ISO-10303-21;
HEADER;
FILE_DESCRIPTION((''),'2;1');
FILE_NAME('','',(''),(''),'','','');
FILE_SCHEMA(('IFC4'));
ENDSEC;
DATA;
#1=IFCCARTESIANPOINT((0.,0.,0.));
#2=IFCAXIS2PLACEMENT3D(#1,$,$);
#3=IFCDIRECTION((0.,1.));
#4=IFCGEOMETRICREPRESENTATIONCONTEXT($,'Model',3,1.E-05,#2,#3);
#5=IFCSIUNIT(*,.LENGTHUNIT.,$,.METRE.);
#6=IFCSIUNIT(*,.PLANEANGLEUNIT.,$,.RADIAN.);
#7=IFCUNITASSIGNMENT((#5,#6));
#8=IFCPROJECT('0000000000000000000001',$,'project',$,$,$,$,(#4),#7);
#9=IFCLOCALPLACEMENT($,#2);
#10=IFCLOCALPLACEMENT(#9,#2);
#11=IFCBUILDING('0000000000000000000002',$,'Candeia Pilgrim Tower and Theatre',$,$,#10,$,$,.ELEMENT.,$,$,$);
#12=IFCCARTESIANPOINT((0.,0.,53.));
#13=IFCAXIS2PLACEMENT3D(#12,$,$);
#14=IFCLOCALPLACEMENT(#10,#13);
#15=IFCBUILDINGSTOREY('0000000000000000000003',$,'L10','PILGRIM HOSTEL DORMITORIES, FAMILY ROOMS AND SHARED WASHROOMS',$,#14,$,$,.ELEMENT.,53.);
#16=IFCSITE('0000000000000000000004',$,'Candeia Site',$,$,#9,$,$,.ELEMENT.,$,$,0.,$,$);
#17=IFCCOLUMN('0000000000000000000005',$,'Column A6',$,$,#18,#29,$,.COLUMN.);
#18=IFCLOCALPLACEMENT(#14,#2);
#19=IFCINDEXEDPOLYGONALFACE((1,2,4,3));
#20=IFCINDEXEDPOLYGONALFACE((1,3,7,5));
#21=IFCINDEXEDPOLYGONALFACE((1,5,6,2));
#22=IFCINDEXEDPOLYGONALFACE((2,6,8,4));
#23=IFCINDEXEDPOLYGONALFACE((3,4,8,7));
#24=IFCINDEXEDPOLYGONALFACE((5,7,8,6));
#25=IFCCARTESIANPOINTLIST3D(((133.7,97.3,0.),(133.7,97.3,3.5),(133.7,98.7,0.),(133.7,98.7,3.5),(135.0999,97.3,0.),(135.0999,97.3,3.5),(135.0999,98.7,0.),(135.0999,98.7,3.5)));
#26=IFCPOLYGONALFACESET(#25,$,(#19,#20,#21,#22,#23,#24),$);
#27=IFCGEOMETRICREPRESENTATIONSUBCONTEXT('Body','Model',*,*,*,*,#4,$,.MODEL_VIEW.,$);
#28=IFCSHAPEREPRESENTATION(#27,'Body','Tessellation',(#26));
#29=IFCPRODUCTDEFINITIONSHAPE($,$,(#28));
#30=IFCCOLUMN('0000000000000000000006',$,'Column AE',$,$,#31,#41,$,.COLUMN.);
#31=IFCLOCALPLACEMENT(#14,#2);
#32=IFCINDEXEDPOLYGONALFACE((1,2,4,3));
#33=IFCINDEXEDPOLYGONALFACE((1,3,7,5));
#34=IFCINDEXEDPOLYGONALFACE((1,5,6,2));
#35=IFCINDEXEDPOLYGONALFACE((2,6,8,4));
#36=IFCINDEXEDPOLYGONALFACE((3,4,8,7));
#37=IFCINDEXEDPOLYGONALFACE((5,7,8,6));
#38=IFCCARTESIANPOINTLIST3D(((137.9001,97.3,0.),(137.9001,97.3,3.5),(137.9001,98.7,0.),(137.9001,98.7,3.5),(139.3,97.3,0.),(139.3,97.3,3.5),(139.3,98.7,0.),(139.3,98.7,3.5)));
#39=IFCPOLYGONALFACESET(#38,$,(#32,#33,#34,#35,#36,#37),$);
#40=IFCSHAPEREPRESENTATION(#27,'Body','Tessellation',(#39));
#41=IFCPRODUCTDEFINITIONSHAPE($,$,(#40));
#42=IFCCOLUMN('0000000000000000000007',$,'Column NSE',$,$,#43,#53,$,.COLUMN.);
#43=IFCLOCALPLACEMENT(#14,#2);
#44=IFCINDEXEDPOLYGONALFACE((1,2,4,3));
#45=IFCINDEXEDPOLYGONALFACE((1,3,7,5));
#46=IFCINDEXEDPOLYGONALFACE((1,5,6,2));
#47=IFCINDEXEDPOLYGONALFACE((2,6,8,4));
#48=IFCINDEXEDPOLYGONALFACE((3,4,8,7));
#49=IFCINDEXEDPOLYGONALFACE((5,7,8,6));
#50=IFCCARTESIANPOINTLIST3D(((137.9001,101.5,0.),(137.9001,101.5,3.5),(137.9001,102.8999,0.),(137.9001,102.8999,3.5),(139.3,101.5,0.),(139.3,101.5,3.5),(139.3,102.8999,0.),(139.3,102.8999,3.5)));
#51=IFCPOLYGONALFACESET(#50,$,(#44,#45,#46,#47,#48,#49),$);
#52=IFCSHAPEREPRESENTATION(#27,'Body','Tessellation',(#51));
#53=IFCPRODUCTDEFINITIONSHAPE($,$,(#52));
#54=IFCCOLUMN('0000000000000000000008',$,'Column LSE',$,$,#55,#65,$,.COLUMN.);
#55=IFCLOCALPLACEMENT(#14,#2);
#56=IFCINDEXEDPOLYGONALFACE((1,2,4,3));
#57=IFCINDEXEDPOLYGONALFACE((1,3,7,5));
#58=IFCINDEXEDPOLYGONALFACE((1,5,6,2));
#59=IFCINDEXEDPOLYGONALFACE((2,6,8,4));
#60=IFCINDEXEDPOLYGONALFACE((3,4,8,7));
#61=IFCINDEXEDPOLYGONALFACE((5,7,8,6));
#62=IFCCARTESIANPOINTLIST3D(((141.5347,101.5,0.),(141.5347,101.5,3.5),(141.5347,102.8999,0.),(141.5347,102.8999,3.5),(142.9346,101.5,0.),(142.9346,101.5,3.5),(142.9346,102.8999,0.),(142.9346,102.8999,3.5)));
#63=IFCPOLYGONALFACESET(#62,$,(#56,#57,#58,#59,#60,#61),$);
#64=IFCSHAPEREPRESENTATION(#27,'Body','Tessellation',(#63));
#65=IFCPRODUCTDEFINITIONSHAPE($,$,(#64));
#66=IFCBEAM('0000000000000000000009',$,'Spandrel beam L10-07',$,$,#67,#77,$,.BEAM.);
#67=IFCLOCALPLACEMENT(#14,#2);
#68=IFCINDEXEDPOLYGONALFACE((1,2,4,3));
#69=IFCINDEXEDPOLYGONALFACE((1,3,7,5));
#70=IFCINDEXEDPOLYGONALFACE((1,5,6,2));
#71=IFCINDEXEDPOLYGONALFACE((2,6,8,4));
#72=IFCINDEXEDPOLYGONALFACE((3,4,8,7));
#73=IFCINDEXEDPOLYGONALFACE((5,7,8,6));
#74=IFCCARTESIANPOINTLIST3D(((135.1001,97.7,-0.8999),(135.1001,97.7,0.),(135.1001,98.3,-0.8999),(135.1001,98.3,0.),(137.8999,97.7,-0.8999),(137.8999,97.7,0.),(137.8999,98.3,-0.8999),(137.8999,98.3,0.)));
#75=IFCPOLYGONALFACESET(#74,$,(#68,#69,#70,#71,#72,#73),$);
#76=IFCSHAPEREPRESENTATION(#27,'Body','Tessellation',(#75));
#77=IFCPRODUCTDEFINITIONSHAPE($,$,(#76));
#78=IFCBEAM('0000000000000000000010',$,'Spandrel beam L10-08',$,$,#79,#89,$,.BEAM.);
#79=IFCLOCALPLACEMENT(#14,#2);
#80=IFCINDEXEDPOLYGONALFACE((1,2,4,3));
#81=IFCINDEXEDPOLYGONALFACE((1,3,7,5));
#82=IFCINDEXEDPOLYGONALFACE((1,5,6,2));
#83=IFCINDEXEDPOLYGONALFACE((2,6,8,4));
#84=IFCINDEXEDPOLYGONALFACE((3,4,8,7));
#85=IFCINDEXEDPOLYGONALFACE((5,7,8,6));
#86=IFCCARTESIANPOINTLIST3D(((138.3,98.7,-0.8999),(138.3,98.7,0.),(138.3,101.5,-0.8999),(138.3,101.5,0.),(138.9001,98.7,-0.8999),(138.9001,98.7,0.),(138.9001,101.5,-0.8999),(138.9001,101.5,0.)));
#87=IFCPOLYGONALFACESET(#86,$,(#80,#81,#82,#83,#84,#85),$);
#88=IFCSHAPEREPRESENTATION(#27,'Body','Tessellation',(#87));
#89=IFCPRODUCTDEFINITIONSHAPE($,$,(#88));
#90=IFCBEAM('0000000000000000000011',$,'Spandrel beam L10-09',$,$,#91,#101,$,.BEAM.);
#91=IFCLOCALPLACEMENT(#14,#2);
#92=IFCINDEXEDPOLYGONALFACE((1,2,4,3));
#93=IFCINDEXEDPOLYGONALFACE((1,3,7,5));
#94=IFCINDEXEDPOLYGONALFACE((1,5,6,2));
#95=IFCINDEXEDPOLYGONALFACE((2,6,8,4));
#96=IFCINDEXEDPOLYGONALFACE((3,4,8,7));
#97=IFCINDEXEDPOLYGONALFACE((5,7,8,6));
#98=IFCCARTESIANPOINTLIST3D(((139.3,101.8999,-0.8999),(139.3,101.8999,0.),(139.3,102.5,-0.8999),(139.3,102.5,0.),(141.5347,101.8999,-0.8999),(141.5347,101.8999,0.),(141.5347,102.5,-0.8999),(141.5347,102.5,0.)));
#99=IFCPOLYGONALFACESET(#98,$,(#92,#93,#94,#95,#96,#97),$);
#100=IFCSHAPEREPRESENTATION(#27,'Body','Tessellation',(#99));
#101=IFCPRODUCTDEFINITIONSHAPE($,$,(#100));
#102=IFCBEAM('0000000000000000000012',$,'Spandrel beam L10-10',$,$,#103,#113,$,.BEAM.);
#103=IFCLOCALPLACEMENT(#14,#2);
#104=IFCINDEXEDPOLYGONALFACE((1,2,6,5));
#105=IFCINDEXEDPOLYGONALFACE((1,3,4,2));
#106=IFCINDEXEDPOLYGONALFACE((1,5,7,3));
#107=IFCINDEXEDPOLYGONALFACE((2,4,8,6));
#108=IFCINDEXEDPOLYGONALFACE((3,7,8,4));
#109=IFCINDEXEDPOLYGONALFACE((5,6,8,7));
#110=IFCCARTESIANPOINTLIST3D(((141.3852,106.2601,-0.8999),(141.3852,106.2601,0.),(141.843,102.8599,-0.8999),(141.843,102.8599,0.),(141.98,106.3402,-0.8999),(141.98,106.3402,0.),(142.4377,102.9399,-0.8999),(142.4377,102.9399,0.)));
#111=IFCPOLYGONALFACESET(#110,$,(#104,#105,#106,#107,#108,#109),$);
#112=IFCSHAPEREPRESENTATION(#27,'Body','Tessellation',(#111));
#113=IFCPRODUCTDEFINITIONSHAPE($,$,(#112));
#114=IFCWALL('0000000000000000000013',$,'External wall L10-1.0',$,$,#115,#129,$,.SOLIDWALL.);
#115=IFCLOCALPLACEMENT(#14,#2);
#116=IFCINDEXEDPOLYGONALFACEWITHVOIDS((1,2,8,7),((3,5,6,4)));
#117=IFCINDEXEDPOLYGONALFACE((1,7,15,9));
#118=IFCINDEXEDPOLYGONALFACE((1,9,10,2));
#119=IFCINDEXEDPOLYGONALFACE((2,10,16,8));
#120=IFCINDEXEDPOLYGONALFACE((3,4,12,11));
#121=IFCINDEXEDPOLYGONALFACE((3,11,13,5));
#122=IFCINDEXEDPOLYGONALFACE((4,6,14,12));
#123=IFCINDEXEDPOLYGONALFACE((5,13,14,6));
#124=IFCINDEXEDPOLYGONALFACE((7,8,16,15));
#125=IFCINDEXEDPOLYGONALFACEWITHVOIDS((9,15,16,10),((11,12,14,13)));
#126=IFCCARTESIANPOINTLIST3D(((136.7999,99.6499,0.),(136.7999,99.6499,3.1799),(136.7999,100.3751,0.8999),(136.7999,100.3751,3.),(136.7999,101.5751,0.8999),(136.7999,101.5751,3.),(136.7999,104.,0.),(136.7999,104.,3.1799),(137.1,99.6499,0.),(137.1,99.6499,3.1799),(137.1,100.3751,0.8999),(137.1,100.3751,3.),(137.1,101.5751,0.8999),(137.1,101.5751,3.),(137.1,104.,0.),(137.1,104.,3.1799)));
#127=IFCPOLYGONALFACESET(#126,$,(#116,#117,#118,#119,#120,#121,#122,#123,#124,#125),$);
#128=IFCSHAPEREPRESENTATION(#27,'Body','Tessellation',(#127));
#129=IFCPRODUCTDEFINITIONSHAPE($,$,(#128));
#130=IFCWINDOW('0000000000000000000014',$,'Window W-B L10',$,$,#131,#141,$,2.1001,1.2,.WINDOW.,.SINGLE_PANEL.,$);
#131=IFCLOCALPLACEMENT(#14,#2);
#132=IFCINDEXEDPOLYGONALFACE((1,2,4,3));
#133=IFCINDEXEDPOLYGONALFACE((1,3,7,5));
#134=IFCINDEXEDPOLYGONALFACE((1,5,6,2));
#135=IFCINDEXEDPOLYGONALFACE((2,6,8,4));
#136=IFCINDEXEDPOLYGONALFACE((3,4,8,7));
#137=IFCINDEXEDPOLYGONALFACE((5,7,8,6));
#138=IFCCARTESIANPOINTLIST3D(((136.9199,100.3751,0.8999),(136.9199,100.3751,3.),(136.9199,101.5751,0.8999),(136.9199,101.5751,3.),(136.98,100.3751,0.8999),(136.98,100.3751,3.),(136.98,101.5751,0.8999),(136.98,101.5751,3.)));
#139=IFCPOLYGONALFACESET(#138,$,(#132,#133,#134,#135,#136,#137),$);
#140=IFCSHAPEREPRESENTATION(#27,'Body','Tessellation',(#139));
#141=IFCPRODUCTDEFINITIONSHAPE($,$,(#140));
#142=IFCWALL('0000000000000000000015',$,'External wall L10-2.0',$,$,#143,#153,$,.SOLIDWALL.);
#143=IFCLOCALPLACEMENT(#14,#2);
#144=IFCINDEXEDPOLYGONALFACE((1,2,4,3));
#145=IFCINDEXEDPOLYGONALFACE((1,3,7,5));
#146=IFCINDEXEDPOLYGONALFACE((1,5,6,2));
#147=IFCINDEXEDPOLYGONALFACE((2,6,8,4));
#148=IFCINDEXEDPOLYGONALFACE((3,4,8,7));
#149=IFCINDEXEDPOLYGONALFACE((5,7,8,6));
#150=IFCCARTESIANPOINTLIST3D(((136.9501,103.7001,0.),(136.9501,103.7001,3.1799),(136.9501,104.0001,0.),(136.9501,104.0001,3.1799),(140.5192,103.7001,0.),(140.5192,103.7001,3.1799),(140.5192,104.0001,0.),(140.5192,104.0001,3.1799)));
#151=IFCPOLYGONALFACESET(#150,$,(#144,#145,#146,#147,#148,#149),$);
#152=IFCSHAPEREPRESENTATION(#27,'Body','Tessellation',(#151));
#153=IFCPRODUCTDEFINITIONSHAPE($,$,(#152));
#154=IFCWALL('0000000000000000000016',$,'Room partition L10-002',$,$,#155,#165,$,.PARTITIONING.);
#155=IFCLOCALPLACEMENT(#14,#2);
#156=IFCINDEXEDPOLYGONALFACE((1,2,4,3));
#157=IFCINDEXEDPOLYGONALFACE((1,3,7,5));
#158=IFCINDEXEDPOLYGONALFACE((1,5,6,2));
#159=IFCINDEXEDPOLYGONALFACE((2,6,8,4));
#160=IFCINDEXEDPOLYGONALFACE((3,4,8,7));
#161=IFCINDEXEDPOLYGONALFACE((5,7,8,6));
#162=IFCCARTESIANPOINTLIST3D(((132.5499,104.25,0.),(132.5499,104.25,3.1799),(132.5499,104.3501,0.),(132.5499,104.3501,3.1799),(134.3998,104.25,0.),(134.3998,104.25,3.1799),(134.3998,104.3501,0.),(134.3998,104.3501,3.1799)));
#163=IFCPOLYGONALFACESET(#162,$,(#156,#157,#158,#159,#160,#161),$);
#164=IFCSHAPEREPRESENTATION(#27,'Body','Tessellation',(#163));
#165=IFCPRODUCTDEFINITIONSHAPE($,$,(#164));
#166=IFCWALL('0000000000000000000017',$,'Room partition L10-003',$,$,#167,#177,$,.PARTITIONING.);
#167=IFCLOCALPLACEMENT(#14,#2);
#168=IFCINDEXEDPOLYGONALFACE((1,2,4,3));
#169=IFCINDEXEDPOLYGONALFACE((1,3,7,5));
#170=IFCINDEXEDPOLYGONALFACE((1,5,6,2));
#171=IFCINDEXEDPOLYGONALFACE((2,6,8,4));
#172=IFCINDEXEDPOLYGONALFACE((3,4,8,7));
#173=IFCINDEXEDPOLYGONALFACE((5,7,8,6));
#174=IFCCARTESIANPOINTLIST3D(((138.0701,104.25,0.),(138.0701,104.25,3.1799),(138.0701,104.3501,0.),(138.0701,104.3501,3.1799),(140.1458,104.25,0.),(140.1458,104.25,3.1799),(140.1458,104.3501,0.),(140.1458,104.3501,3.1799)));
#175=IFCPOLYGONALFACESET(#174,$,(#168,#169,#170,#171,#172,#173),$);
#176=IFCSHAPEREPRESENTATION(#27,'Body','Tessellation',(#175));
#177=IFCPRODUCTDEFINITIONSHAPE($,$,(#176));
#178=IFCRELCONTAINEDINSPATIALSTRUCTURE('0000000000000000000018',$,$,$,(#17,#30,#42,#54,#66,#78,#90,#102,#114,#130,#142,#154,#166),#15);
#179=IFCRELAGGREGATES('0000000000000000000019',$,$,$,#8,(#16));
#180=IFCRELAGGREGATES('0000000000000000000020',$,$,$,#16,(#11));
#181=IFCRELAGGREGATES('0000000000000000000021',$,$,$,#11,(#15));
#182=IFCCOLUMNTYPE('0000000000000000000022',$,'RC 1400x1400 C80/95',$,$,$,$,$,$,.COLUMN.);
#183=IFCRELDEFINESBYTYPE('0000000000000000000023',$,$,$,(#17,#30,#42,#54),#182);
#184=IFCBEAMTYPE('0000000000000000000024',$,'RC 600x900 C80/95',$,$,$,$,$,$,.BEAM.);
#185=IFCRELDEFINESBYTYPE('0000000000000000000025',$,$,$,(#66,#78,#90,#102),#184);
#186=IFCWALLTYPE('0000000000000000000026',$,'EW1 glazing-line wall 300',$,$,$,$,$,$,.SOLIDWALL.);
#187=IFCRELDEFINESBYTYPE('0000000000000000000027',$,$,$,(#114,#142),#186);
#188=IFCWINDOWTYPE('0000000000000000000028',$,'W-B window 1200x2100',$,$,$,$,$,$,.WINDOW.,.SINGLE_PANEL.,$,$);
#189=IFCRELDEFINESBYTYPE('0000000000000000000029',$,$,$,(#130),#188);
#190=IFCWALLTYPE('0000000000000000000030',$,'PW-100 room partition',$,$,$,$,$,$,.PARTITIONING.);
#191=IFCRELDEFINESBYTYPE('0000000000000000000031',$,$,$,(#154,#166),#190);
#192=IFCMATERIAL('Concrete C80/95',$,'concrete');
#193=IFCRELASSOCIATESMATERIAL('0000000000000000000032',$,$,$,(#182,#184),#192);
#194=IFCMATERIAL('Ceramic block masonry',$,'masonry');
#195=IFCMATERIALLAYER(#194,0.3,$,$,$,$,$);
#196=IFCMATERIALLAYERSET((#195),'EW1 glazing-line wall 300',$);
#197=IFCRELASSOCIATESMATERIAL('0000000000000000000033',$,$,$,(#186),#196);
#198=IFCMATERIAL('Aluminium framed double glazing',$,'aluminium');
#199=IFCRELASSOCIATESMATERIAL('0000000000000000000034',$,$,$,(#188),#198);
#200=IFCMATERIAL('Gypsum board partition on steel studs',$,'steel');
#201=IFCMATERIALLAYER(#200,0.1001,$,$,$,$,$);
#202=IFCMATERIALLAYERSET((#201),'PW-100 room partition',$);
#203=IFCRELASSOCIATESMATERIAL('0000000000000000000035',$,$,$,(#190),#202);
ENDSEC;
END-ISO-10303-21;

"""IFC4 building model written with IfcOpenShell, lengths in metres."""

from ifc_helpers import new_model, si_unit, direction, frame, frame_2d, origin, origin_2d, place, context, subcontext, project, spatial, rectangle, extrude, material, layer, layer_set, material_profile, profile_set, type_object, element, fill, save


model = new_model("IFC4")

# Units and contexts
model_context = context("Model", 3, precision=1e-05, world=origin(), true_north=direction((0.0, 1.0)))
body_context = subcontext(model_context, "Body", "Model", "MODEL_VIEW")
ifc_project = project(units=[si_unit("LENGTHUNIT", "METRE"), si_unit("PLANEANGLEUNIT", "RADIAN")], contexts=[model_context])

# Site, building, storey
site_placement = place(None, origin())
site = spatial("IfcSite", under=ifc_project, at=site_placement, Name="Candeia Site", CompositionType="ELEMENT", RefElevation=0.0)
building_placement = place(site_placement, origin())
building = spatial("IfcBuilding", under=site, at=building_placement, Name="Candeia Pilgrim Tower and Theatre", CompositionType="ELEMENT")
storey_placement = place(building_placement, frame((0.0, 0.0, 53.0)))
storey = spatial("IfcBuildingStorey", under=building, at=storey_placement, Name="L10", Description="PILGRIM HOSTEL DORMITORIES, FAMILY ROOMS AND SHARED WASHROOMS", CompositionType="ELEMENT", Elevation=53.0)

# Columns
ifc_material_1 = material(Name="Concrete C80/95", Category="concrete")
ifc_material_profile_1 = material_profile(ifc_material_1, rectangle(XDim=1.3999, YDim=1.3999, at=origin_2d()))
ifc_profile_set_1 = profile_set([ifc_material_profile_1], Name="Concrete C80/95")
column_type = type_object("IfcColumnType", Name="RC 1400x1400 C80/95", PredefinedType="COLUMN", material=ifc_profile_set_1)
for number, where, z_axis, x_axis, name in (
    (1, (134.3999, 98.0, 0.0), (0.0, 0.0, 1.0), (1.0, 0.0, 0.0), "Column A6"),
    (2, (138.6001, 98.0, 0.0), (0.0, 0.0, 1.0), (1.0, 0.0, 0.0), "Column AE"),
    (3, (138.6001, 102.2, 0.0), (0.0, 0.0, 1.0), (1.0, 0.0, 0.0), "Column NSE"),
    (4, (142.2346, 102.2, 0.0), (0.0, 0.0, 1.0), (1.0, 0.0, 0.0), "Column LSE"),
):
    element("IfcColumn", number, at=place(storey_placement, frame(where, z_axis=z_axis, x_axis=x_axis)), inside=storey, type_object=column_type, Name=name, PredefinedType="COLUMN", context=body_context, shape_type="SweptSolid", body=[
        extrude(rectangle(XDim=1.3999, YDim=1.3999, at=origin_2d()), origin(), (0.0, 0.0, 1.0), 3.5),
    ])

# Beams
ifc_material_profile_2 = material_profile(ifc_material_1, rectangle(XDim=0.6001, YDim=0.8999, at=origin_2d()))
ifc_profile_set_2 = profile_set([ifc_material_profile_2], Name="Concrete C80/95")
beam_type = type_object("IfcBeamType", Name="RC 600x900 C80/95", PredefinedType="BEAM", material=ifc_profile_set_2)
beam_1_placement = place(storey_placement, frame((135.1001, 98.0, -0.45), z_axis=(1.0, 0.0, 0.0), x_axis=(0.0, 1.0, 0.0)))
element("IfcBeam", 5, at=beam_1_placement, inside=storey, type_object=beam_type, Name="Spandrel beam L10-07", PredefinedType="BEAM", context=body_context, shape_type="SweptSolid", body=[
    extrude(rectangle(XDim=0.6001, YDim=0.8999, at=origin_2d()), origin(), (0.0, 0.0, 1.0), 2.7998),
])
beam_2_placement = place(storey_placement, frame((138.6001, 98.7, -0.45), z_axis=(0.0, 1.0, 0.0), x_axis=(-1.0, 0.0, 0.0)))
element("IfcBeam", 6, at=beam_2_placement, inside=storey, type_object=beam_type, Name="Spandrel beam L10-08", PredefinedType="BEAM", context=body_context, shape_type="SweptSolid", body=[
    extrude(rectangle(XDim=0.6001, YDim=0.8999, at=origin_2d()), origin(), (0.0, 0.0, 1.0), 2.8),
])
beam_3_placement = place(storey_placement, frame((139.3, 102.2, -0.45), z_axis=(1.0, 0.0, 0.0), x_axis=(0.0, 1.0, 0.0)))
element("IfcBeam", 7, at=beam_3_placement, inside=storey, type_object=beam_type, Name="Spandrel beam L10-09", PredefinedType="BEAM", context=body_context, shape_type="SweptSolid", body=[
    extrude(rectangle(XDim=0.6001, YDim=0.8999, at=origin_2d()), origin(), (0.0, 0.0, 1.0), 2.2346),
])
beam_4_placement = place(storey_placement, frame((142.1404, 102.8999, -0.45), z_axis=(-0.133427, 0.991059, 0.0), x_axis=(-0.991059, -0.133427, 0.0)))
element("IfcBeam", 8, at=beam_4_placement, inside=storey, type_object=beam_type, Name="Spandrel beam L10-10", PredefinedType="BEAM", context=body_context, shape_type="SweptSolid", body=[
    extrude(rectangle(XDim=0.6001, YDim=0.8999, at=origin_2d()), origin(), (0.0, 0.0, 1.0), 3.4309),
])

# Wall, opening, window
ifc_material_2 = material(Name="Ceramic block masonry", Category="masonry")
ifc_layer_1 = layer(ifc_material_2, 0.3)
ifc_layer_set_1 = layer_set([ifc_layer_1], Name="EW1 glazing-line wall 300")
wall_type_1 = type_object("IfcWallType", Name="EW1 glazing-line wall 300", PredefinedType="SOLIDWALL", material=ifc_layer_set_1)
wall_1_placement = place(storey_placement, frame((136.95, 99.6499, 0.0), z_axis=(0.0, 0.0, 1.0), x_axis=(0.0, 1.0, 0.0)))
wall_1 = element("IfcWall", 9, at=wall_1_placement, inside=storey, type_object=wall_type_1, Name="External wall L10-1.0", PredefinedType="SOLIDWALL", context=body_context, shape_type="SweptSolid", body=[
    extrude(rectangle(XDim=4.3501, YDim=0.3, at=frame_2d((2.175, 0.0))), origin(), (0.0, 0.0, 1.0), 3.1799),
])
opening_1_placement = place(wall_1_placement, frame((0.7251, 0.0, 0.8999)))
opening_1 = element("IfcOpeningElement", 10, at=opening_1_placement, cuts=wall_1, PredefinedType="OPENING", context=body_context, shape_type="SweptSolid", body=[
    extrude(rectangle(XDim=1.2, YDim=2.1001, at=frame_2d((0.6001, 1.05))), frame((0.0, 0.1602, 0.0), z_axis=(0.0, -1.0, 0.0), x_axis=(1.0, 0.0, 0.0)), (0.0, 0.0, 1.0), 0.3201),
])
ifc_material_3 = material(Name="Aluminium framed double glazing", Category="aluminium")
window_type = type_object("IfcWindowType", Name="W-B window 1200x2100", PartitioningType="SINGLE_PANEL", PredefinedType="WINDOW", material=ifc_material_3)
window_1_placement = place(opening_1_placement, origin())
window_1 = element("IfcWindow", 11, at=window_1_placement, inside=storey, type_object=window_type, Name="Window W-B L10", OverallHeight=2.1001, OverallWidth=1.2, PartitioningType="SINGLE_PANEL", PredefinedType="WINDOW", context=body_context, shape_type="SweptSolid", body=[
    extrude(rectangle(XDim=1.2, YDim=2.1001, at=frame_2d((0.6001, 1.05))), frame((0.0, 0.03, 0.0), z_axis=(0.0, -1.0, 0.0), x_axis=(1.0, 0.0, 0.0)), (0.0, 0.0, 1.0), 0.0601),
])
fill(opening_1, window_1)

# Wall
wall_2_placement = place(storey_placement, frame((136.95, 103.8501, 0.0), z_axis=(0.0, 0.0, 1.0), x_axis=(1.0, 0.0, 0.0)))
element("IfcWall", 12, at=wall_2_placement, inside=storey, type_object=wall_type_1, Name="External wall L10-2.0", PredefinedType="SOLIDWALL", context=body_context, shape_type="SweptSolid", body=[
    extrude(rectangle(XDim=3.5691, YDim=0.3, at=frame_2d((1.7847, 0.0))), origin(), (0.0, 0.0, 1.0), 3.1799),
])

# Walls
ifc_material_4 = material(Name="Gypsum board partition on steel studs", Category="steel")
ifc_layer_2 = layer(ifc_material_4, 0.1001)
ifc_layer_set_2 = layer_set([ifc_layer_2], Name="PW-100 room partition")
wall_type_2 = type_object("IfcWallType", Name="PW-100 room partition", PredefinedType="PARTITIONING", material=ifc_layer_set_2)
wall_3_placement = place(storey_placement, frame((132.55, 104.3, 0.0), z_axis=(0.0, 0.0, 1.0), x_axis=(1.0, 0.0, 0.0)))
element("IfcWall", 13, at=wall_3_placement, inside=storey, type_object=wall_type_2, Name="Room partition L10-002", PredefinedType="PARTITIONING", context=body_context, shape_type="SweptSolid", body=[
    extrude(rectangle(XDim=1.8499, YDim=0.1001, at=frame_2d((0.9248, 0.0))), origin(), (0.0, 0.0, 1.0), 3.1799),
])
wall_4_placement = place(storey_placement, frame((138.0701, 104.3, 0.0), z_axis=(0.0, 0.0, 1.0), x_axis=(1.0, 0.0, 0.0)))
element("IfcWall", 14, at=wall_4_placement, inside=storey, type_object=wall_type_2, Name="Room partition L10-003", PredefinedType="PARTITIONING", context=body_context, shape_type="SweptSolid", body=[
    extrude(rectangle(XDim=2.0757, YDim=0.1001, at=frame_2d((1.0378, 0.0))), origin(), (0.0, 0.0, 1.0), 3.1799),
])

save(model, "model.ifc")
